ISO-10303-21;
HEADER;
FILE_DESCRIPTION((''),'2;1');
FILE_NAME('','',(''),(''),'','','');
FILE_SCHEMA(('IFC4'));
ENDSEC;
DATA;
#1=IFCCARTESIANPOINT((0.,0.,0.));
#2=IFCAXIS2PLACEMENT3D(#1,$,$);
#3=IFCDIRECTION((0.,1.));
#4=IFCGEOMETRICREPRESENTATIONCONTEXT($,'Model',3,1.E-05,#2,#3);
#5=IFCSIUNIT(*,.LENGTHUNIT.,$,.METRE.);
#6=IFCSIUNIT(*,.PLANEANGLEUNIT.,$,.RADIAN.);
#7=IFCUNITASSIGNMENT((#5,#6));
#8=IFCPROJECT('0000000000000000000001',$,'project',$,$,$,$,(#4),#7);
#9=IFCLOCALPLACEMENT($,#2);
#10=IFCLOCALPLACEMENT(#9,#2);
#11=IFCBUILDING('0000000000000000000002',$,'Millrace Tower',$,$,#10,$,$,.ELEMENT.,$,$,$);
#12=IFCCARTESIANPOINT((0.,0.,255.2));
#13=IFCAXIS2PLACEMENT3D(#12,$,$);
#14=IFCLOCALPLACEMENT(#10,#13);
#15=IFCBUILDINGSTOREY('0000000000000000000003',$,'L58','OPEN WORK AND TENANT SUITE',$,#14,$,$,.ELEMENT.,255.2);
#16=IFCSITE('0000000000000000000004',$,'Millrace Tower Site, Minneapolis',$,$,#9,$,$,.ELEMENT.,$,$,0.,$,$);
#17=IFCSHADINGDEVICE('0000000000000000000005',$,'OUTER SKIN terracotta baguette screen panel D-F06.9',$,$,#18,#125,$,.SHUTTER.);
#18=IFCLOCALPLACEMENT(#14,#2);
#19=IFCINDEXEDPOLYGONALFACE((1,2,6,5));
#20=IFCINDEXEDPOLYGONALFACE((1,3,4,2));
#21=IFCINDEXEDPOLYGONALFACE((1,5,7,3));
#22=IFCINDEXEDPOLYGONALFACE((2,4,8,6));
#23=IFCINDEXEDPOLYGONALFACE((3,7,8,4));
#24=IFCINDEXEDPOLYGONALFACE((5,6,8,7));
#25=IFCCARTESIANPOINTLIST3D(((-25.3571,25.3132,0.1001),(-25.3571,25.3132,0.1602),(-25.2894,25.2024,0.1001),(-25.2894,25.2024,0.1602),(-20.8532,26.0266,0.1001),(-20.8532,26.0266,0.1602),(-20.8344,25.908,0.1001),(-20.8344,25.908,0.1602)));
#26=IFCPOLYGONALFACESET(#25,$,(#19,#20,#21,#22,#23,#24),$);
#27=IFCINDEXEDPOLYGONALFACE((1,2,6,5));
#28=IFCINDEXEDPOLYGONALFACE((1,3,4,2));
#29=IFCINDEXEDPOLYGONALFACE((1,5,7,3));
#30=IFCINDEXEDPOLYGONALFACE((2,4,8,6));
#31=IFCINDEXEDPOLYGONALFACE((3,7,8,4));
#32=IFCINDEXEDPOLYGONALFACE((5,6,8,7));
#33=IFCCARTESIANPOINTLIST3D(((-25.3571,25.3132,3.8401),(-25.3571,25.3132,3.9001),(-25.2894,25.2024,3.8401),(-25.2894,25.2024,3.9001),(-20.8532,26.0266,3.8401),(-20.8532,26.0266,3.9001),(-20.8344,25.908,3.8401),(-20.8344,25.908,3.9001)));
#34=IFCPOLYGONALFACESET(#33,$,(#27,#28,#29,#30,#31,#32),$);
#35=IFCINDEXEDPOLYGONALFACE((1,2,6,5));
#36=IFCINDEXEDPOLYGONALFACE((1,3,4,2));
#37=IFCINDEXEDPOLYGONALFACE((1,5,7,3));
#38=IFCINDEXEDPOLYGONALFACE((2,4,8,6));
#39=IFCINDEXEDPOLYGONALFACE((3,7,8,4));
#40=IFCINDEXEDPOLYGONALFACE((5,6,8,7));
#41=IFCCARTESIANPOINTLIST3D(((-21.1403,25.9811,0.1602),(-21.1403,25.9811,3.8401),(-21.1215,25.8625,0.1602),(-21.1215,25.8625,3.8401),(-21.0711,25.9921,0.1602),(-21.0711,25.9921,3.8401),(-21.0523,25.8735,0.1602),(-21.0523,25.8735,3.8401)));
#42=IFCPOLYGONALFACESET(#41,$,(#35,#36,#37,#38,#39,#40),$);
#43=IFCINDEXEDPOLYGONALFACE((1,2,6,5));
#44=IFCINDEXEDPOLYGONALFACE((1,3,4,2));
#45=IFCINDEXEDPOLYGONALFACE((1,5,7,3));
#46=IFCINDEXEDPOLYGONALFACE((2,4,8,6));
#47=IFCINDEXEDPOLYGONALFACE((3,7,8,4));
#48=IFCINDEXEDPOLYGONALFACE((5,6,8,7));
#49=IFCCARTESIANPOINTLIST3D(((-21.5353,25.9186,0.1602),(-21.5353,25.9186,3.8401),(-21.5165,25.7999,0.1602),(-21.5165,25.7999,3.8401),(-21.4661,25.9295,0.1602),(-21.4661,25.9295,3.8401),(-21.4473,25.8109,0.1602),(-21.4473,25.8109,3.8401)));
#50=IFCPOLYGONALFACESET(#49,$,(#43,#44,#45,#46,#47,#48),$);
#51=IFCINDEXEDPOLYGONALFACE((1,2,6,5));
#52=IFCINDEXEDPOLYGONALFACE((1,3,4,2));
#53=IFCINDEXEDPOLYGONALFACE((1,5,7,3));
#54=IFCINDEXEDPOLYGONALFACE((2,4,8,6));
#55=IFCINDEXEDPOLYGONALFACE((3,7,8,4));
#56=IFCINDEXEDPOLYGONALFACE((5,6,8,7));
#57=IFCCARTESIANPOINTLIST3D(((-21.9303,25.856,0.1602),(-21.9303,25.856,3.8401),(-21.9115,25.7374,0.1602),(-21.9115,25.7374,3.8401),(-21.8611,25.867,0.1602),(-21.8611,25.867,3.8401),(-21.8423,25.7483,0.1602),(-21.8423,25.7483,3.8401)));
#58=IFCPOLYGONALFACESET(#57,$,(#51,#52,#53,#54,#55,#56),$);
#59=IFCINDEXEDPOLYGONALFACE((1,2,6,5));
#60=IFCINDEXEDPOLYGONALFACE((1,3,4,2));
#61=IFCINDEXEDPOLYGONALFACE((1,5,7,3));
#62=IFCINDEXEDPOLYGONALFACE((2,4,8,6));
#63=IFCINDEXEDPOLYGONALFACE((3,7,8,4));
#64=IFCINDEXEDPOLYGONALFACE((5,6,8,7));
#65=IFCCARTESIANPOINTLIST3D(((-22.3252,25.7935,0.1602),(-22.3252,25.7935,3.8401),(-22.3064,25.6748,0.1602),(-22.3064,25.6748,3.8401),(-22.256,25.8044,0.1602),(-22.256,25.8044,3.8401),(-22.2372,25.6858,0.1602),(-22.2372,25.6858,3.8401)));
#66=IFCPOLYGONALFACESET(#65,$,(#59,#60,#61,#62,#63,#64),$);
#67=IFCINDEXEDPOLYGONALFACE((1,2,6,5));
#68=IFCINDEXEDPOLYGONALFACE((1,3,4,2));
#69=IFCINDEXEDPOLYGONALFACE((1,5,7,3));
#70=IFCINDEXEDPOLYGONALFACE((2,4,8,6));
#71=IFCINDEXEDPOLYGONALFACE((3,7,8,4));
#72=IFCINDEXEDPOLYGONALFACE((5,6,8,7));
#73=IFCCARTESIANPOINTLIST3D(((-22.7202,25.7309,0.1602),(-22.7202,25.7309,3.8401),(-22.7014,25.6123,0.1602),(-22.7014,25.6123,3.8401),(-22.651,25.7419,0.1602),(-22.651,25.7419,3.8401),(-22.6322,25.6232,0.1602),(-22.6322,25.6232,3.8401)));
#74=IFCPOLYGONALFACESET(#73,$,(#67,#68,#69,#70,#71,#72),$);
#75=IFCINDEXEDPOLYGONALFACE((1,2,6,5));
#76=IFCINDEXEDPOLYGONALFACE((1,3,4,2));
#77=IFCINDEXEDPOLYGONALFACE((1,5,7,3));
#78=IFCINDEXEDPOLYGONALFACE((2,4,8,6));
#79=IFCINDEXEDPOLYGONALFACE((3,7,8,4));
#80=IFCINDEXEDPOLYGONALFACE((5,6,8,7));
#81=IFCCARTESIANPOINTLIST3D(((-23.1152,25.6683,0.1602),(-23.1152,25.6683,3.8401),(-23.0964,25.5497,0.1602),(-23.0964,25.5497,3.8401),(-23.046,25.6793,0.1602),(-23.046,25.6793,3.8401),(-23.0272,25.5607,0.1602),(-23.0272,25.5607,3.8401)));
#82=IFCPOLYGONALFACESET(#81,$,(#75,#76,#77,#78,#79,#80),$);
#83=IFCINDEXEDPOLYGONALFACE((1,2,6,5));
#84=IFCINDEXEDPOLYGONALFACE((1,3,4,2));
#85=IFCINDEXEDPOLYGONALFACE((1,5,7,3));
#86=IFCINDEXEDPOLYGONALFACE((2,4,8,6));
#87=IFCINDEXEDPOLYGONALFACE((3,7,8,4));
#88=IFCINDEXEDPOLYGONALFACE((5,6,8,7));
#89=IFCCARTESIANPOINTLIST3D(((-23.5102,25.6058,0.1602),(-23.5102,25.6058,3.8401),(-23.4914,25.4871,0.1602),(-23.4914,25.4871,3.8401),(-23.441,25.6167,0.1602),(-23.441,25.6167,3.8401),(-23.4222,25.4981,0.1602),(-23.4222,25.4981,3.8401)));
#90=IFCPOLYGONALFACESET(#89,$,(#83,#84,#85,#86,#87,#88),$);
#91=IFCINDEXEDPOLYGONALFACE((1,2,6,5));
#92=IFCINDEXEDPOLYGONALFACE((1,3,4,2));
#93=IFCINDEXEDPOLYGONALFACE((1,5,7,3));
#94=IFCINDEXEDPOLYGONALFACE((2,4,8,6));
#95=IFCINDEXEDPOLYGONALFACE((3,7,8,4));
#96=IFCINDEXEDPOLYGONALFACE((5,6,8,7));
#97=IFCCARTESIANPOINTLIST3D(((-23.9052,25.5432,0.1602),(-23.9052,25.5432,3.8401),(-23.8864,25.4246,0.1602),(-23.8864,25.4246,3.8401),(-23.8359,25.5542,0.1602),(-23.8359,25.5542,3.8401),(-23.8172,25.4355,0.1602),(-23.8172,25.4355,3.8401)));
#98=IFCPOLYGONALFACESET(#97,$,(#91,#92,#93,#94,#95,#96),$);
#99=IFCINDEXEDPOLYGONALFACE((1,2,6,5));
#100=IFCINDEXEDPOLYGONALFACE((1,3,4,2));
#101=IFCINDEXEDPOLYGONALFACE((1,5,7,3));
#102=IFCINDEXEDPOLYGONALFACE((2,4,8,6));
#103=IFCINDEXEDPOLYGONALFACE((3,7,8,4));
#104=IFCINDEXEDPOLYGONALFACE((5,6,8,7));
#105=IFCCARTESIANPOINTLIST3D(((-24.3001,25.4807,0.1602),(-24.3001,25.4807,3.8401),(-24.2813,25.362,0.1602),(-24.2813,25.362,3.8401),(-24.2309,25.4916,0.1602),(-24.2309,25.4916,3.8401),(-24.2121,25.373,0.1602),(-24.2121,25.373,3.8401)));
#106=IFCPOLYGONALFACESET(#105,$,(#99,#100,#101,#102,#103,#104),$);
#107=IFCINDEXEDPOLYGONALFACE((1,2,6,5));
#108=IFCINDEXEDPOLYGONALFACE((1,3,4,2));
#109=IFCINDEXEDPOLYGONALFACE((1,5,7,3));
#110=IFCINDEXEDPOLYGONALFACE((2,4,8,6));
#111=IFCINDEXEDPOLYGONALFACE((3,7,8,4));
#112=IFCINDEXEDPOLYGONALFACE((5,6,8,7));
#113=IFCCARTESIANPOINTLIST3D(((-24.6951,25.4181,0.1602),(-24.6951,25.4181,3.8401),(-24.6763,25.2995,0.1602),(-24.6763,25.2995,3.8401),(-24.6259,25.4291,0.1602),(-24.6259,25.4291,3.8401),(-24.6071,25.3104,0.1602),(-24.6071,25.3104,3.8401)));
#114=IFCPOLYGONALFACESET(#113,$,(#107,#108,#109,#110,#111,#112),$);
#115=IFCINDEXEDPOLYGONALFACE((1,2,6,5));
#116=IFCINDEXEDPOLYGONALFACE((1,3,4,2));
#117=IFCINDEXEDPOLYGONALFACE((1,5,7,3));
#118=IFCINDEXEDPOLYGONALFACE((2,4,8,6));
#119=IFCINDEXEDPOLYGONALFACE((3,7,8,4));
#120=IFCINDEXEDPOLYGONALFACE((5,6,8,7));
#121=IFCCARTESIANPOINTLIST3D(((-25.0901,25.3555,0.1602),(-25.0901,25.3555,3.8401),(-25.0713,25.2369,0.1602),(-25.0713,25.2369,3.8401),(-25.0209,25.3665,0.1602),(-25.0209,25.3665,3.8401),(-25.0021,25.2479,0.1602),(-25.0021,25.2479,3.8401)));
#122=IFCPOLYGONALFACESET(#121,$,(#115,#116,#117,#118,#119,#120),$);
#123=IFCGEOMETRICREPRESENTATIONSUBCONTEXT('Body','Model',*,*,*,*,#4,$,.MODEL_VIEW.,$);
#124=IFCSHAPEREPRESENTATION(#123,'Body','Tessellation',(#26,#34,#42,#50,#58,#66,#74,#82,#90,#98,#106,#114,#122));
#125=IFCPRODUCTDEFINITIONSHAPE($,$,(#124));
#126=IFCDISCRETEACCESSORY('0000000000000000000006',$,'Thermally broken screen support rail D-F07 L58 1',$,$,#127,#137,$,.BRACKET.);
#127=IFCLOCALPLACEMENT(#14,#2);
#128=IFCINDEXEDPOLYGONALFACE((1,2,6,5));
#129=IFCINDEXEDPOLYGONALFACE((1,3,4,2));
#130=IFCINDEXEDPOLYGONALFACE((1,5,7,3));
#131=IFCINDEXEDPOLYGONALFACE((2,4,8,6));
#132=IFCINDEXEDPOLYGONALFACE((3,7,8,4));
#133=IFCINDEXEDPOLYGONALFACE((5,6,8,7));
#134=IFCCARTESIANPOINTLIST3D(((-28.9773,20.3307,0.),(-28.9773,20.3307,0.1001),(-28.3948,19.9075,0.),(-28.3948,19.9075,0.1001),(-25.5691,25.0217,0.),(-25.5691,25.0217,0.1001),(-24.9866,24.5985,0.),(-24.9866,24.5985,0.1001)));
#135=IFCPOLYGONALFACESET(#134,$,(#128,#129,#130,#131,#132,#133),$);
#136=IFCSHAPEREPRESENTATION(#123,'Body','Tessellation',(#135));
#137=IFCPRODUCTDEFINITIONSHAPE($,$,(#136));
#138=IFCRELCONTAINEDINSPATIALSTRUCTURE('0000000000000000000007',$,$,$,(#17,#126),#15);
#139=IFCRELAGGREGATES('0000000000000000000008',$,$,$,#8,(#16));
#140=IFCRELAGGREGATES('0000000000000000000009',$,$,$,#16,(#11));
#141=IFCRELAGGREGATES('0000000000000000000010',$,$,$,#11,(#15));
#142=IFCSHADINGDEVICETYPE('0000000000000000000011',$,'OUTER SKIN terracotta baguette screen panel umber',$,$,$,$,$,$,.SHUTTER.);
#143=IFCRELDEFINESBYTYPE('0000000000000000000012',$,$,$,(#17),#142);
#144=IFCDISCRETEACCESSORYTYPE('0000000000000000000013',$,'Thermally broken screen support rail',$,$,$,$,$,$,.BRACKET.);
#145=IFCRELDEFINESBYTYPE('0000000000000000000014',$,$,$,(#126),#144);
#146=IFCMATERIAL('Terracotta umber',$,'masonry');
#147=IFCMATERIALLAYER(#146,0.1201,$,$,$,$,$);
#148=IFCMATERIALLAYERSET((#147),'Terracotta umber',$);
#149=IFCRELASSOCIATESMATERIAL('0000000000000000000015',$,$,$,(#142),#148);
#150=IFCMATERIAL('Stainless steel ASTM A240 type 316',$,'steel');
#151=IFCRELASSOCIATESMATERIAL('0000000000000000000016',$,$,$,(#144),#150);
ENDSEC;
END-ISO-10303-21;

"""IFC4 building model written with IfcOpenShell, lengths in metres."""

from ifc_helpers import new_model, entity, si_unit, direction, frame, frame_2d, origin, origin_2d, place, context, subcontext, project, spatial, rectangle, extrude, source, transform, mapped, material, layer, layer_set, type_object, element, save


model = new_model("IFC4")

# Units and contexts
model_context = context("Model", 3, precision=1e-05, world=origin(), true_north=direction((0.0, 1.0)))
body_context = subcontext(model_context, "Body", "Model", "MODEL_VIEW")
ifc_project = project(units=[si_unit("LENGTHUNIT", "METRE"), si_unit("PLANEANGLEUNIT", "RADIAN")], contexts=[model_context])

# Site, building, storey
site_placement = place(None, origin())
site = spatial("IfcSite", under=ifc_project, at=site_placement, Name="Millrace Tower Site, Minneapolis", CompositionType="ELEMENT", RefElevation=0.0)
building_placement = place(site_placement, origin())
building = spatial("IfcBuilding", under=site, at=building_placement, Name="Millrace Tower", CompositionType="ELEMENT")
storey_placement = place(building_placement, frame((0.0, 0.0, 255.2)))
storey = spatial("IfcBuildingStorey", under=building, at=storey_placement, Name="L58", Description="OPEN WORK AND TENANT SUITE", CompositionType="ELEMENT", Elevation=255.2)

# Shading device
ifc_material_1 = material(Name="Terracotta umber", Category="masonry")
ifc_layer_1 = layer(ifc_material_1, 0.1201)
ifc_layer_set_1 = layer_set([ifc_layer_1], Name="Terracotta umber")
shading_device_type = type_object("IfcShadingDeviceType", Name="OUTER SKIN terracotta baguette screen panel umber", PredefinedType="SHUTTER", material=ifc_layer_set_1)
cartesian_point_1 = entity("IfcCartesianPoint", [-2.2676, 0.0601])
shared_polyline_1 = entity("IfcPolyline", [cartesian_point_1, entity("IfcCartesianPoint", [2.2429, 0.0601]), entity("IfcCartesianPoint", [2.2925, -0.0601]), entity("IfcCartesianPoint", [-2.2676, -0.0601]), cartesian_point_1])
shared_shape_1 = source(origin(), body_context, "Body", "SweptSolid", [
    entity("IfcExtrudedAreaSolid", entity("IfcArbitraryClosedProfileDef", "AREA", None, shared_polyline_1), entity("IfcAxis2Placement3D", entity("IfcCartesianPoint", [0.0, 0.0, 0.0])), entity("IfcDirection", [0.0, 0.0, 1.0]), 0.0601),
    entity("IfcExtrudedAreaSolid", entity("IfcArbitraryClosedProfileDef", "AREA", None, shared_polyline_1), entity("IfcAxis2Placement3D", entity("IfcCartesianPoint", [0.0, 0.0, 3.74])), entity("IfcDirection", [0.0, 0.0, 1.0]), 0.0601),
    extrude(rectangle(XDim=0.0701, YDim=0.1201, at=frame_2d((-2.012, 0.0))), frame((0.0, 0.0, 0.0601)), (0.0, 0.0, 1.0), 3.6799),
    extrude(rectangle(XDim=0.0701, YDim=0.1201, at=frame_2d((-1.6121, 0.0))), frame((0.0, 0.0, 0.0601)), (0.0, 0.0, 1.0), 3.6799),
    extrude(rectangle(XDim=0.0701, YDim=0.1201, at=frame_2d((-1.2122, 0.0))), frame((0.0, 0.0, 0.0601)), (0.0, 0.0, 1.0), 3.6799),
    extrude(rectangle(XDim=0.0701, YDim=0.1201, at=frame_2d((-0.8123, 0.0))), frame((0.0, 0.0, 0.0601)), (0.0, 0.0, 1.0), 3.6799),
    extrude(rectangle(XDim=0.0701, YDim=0.1201, at=frame_2d((-0.4124, 0.0))), frame((0.0, 0.0, 0.0601)), (0.0, 0.0, 1.0), 3.6799),
    extrude(rectangle(XDim=0.0701, YDim=0.1201, at=frame_2d((-0.0125, 0.0))), frame((0.0, 0.0, 0.0601)), (0.0, 0.0, 1.0), 3.6799),
    extrude(rectangle(XDim=0.0701, YDim=0.1201, at=frame_2d((0.3875, 0.0))), frame((0.0, 0.0, 0.0601)), (0.0, 0.0, 1.0), 3.6799),
    extrude(rectangle(XDim=0.0701, YDim=0.1201, at=frame_2d((0.7874, 0.0))), frame((0.0, 0.0, 0.0601)), (0.0, 0.0, 1.0), 3.6799),
    extrude(rectangle(XDim=0.0701, YDim=0.1201, at=frame_2d((1.1873, 0.0))), frame((0.0, 0.0, 0.0601)), (0.0, 0.0, 1.0), 3.6799),
    extrude(rectangle(XDim=0.0701, YDim=0.1201, at=frame_2d((1.5872, 0.0))), frame((0.0, 0.0, 0.0601)), (0.0, 0.0, 1.0), 3.6799),
    extrude(rectangle(XDim=0.0701, YDim=0.1201, at=frame_2d((1.9871, 0.0))), frame((0.0, 0.0, 0.0601)), (0.0, 0.0, 1.0), 3.6799),
])
shading_device_1_placement = place(storey_placement, frame((-23.0835, 25.6125, 0.1001), z_axis=(0.0, 0.0, 1.0), x_axis=(-0.987688, -0.156434, 0.0)))
element("IfcShadingDevice", 1, at=shading_device_1_placement, inside=storey, type_object=shading_device_type, Name="OUTER SKIN terracotta baguette screen panel D-F06.9", PredefinedType="SHUTTER", context=body_context, shape_type="MappedRepresentation", body=[
    mapped(shared_shape_1, transform((0.0, 0.0, 0.0), scale=1.0)),
])

# Discrete accessory
ifc_material_2 = material(Name="Stainless steel ASTM A240 type 316", Category="steel")
discrete_accessory_type = type_object("IfcDiscreteAccessoryType", Name="Thermally broken screen support rail", PredefinedType="BRACKET", material=ifc_material_2)
discrete_accessory_placement = place(storey_placement, frame((-26.9819, 22.4646, 0.0), z_axis=(0.0, 0.0, 1.0), x_axis=(-0.587785, -0.809017, 0.0)))
element("IfcDiscreteAccessory", 2, at=discrete_accessory_placement, inside=storey, type_object=discrete_accessory_type, Name="Thermally broken screen support rail D-F07 L58 1", PredefinedType="BRACKET", context=body_context, shape_type="SweptSolid", body=[
    extrude(rectangle(XDim=5.7983, YDim=0.72, at=origin_2d()), origin(), (0.0, 0.0, 1.0), 0.1001),
])

save(model, "model.ifc")
